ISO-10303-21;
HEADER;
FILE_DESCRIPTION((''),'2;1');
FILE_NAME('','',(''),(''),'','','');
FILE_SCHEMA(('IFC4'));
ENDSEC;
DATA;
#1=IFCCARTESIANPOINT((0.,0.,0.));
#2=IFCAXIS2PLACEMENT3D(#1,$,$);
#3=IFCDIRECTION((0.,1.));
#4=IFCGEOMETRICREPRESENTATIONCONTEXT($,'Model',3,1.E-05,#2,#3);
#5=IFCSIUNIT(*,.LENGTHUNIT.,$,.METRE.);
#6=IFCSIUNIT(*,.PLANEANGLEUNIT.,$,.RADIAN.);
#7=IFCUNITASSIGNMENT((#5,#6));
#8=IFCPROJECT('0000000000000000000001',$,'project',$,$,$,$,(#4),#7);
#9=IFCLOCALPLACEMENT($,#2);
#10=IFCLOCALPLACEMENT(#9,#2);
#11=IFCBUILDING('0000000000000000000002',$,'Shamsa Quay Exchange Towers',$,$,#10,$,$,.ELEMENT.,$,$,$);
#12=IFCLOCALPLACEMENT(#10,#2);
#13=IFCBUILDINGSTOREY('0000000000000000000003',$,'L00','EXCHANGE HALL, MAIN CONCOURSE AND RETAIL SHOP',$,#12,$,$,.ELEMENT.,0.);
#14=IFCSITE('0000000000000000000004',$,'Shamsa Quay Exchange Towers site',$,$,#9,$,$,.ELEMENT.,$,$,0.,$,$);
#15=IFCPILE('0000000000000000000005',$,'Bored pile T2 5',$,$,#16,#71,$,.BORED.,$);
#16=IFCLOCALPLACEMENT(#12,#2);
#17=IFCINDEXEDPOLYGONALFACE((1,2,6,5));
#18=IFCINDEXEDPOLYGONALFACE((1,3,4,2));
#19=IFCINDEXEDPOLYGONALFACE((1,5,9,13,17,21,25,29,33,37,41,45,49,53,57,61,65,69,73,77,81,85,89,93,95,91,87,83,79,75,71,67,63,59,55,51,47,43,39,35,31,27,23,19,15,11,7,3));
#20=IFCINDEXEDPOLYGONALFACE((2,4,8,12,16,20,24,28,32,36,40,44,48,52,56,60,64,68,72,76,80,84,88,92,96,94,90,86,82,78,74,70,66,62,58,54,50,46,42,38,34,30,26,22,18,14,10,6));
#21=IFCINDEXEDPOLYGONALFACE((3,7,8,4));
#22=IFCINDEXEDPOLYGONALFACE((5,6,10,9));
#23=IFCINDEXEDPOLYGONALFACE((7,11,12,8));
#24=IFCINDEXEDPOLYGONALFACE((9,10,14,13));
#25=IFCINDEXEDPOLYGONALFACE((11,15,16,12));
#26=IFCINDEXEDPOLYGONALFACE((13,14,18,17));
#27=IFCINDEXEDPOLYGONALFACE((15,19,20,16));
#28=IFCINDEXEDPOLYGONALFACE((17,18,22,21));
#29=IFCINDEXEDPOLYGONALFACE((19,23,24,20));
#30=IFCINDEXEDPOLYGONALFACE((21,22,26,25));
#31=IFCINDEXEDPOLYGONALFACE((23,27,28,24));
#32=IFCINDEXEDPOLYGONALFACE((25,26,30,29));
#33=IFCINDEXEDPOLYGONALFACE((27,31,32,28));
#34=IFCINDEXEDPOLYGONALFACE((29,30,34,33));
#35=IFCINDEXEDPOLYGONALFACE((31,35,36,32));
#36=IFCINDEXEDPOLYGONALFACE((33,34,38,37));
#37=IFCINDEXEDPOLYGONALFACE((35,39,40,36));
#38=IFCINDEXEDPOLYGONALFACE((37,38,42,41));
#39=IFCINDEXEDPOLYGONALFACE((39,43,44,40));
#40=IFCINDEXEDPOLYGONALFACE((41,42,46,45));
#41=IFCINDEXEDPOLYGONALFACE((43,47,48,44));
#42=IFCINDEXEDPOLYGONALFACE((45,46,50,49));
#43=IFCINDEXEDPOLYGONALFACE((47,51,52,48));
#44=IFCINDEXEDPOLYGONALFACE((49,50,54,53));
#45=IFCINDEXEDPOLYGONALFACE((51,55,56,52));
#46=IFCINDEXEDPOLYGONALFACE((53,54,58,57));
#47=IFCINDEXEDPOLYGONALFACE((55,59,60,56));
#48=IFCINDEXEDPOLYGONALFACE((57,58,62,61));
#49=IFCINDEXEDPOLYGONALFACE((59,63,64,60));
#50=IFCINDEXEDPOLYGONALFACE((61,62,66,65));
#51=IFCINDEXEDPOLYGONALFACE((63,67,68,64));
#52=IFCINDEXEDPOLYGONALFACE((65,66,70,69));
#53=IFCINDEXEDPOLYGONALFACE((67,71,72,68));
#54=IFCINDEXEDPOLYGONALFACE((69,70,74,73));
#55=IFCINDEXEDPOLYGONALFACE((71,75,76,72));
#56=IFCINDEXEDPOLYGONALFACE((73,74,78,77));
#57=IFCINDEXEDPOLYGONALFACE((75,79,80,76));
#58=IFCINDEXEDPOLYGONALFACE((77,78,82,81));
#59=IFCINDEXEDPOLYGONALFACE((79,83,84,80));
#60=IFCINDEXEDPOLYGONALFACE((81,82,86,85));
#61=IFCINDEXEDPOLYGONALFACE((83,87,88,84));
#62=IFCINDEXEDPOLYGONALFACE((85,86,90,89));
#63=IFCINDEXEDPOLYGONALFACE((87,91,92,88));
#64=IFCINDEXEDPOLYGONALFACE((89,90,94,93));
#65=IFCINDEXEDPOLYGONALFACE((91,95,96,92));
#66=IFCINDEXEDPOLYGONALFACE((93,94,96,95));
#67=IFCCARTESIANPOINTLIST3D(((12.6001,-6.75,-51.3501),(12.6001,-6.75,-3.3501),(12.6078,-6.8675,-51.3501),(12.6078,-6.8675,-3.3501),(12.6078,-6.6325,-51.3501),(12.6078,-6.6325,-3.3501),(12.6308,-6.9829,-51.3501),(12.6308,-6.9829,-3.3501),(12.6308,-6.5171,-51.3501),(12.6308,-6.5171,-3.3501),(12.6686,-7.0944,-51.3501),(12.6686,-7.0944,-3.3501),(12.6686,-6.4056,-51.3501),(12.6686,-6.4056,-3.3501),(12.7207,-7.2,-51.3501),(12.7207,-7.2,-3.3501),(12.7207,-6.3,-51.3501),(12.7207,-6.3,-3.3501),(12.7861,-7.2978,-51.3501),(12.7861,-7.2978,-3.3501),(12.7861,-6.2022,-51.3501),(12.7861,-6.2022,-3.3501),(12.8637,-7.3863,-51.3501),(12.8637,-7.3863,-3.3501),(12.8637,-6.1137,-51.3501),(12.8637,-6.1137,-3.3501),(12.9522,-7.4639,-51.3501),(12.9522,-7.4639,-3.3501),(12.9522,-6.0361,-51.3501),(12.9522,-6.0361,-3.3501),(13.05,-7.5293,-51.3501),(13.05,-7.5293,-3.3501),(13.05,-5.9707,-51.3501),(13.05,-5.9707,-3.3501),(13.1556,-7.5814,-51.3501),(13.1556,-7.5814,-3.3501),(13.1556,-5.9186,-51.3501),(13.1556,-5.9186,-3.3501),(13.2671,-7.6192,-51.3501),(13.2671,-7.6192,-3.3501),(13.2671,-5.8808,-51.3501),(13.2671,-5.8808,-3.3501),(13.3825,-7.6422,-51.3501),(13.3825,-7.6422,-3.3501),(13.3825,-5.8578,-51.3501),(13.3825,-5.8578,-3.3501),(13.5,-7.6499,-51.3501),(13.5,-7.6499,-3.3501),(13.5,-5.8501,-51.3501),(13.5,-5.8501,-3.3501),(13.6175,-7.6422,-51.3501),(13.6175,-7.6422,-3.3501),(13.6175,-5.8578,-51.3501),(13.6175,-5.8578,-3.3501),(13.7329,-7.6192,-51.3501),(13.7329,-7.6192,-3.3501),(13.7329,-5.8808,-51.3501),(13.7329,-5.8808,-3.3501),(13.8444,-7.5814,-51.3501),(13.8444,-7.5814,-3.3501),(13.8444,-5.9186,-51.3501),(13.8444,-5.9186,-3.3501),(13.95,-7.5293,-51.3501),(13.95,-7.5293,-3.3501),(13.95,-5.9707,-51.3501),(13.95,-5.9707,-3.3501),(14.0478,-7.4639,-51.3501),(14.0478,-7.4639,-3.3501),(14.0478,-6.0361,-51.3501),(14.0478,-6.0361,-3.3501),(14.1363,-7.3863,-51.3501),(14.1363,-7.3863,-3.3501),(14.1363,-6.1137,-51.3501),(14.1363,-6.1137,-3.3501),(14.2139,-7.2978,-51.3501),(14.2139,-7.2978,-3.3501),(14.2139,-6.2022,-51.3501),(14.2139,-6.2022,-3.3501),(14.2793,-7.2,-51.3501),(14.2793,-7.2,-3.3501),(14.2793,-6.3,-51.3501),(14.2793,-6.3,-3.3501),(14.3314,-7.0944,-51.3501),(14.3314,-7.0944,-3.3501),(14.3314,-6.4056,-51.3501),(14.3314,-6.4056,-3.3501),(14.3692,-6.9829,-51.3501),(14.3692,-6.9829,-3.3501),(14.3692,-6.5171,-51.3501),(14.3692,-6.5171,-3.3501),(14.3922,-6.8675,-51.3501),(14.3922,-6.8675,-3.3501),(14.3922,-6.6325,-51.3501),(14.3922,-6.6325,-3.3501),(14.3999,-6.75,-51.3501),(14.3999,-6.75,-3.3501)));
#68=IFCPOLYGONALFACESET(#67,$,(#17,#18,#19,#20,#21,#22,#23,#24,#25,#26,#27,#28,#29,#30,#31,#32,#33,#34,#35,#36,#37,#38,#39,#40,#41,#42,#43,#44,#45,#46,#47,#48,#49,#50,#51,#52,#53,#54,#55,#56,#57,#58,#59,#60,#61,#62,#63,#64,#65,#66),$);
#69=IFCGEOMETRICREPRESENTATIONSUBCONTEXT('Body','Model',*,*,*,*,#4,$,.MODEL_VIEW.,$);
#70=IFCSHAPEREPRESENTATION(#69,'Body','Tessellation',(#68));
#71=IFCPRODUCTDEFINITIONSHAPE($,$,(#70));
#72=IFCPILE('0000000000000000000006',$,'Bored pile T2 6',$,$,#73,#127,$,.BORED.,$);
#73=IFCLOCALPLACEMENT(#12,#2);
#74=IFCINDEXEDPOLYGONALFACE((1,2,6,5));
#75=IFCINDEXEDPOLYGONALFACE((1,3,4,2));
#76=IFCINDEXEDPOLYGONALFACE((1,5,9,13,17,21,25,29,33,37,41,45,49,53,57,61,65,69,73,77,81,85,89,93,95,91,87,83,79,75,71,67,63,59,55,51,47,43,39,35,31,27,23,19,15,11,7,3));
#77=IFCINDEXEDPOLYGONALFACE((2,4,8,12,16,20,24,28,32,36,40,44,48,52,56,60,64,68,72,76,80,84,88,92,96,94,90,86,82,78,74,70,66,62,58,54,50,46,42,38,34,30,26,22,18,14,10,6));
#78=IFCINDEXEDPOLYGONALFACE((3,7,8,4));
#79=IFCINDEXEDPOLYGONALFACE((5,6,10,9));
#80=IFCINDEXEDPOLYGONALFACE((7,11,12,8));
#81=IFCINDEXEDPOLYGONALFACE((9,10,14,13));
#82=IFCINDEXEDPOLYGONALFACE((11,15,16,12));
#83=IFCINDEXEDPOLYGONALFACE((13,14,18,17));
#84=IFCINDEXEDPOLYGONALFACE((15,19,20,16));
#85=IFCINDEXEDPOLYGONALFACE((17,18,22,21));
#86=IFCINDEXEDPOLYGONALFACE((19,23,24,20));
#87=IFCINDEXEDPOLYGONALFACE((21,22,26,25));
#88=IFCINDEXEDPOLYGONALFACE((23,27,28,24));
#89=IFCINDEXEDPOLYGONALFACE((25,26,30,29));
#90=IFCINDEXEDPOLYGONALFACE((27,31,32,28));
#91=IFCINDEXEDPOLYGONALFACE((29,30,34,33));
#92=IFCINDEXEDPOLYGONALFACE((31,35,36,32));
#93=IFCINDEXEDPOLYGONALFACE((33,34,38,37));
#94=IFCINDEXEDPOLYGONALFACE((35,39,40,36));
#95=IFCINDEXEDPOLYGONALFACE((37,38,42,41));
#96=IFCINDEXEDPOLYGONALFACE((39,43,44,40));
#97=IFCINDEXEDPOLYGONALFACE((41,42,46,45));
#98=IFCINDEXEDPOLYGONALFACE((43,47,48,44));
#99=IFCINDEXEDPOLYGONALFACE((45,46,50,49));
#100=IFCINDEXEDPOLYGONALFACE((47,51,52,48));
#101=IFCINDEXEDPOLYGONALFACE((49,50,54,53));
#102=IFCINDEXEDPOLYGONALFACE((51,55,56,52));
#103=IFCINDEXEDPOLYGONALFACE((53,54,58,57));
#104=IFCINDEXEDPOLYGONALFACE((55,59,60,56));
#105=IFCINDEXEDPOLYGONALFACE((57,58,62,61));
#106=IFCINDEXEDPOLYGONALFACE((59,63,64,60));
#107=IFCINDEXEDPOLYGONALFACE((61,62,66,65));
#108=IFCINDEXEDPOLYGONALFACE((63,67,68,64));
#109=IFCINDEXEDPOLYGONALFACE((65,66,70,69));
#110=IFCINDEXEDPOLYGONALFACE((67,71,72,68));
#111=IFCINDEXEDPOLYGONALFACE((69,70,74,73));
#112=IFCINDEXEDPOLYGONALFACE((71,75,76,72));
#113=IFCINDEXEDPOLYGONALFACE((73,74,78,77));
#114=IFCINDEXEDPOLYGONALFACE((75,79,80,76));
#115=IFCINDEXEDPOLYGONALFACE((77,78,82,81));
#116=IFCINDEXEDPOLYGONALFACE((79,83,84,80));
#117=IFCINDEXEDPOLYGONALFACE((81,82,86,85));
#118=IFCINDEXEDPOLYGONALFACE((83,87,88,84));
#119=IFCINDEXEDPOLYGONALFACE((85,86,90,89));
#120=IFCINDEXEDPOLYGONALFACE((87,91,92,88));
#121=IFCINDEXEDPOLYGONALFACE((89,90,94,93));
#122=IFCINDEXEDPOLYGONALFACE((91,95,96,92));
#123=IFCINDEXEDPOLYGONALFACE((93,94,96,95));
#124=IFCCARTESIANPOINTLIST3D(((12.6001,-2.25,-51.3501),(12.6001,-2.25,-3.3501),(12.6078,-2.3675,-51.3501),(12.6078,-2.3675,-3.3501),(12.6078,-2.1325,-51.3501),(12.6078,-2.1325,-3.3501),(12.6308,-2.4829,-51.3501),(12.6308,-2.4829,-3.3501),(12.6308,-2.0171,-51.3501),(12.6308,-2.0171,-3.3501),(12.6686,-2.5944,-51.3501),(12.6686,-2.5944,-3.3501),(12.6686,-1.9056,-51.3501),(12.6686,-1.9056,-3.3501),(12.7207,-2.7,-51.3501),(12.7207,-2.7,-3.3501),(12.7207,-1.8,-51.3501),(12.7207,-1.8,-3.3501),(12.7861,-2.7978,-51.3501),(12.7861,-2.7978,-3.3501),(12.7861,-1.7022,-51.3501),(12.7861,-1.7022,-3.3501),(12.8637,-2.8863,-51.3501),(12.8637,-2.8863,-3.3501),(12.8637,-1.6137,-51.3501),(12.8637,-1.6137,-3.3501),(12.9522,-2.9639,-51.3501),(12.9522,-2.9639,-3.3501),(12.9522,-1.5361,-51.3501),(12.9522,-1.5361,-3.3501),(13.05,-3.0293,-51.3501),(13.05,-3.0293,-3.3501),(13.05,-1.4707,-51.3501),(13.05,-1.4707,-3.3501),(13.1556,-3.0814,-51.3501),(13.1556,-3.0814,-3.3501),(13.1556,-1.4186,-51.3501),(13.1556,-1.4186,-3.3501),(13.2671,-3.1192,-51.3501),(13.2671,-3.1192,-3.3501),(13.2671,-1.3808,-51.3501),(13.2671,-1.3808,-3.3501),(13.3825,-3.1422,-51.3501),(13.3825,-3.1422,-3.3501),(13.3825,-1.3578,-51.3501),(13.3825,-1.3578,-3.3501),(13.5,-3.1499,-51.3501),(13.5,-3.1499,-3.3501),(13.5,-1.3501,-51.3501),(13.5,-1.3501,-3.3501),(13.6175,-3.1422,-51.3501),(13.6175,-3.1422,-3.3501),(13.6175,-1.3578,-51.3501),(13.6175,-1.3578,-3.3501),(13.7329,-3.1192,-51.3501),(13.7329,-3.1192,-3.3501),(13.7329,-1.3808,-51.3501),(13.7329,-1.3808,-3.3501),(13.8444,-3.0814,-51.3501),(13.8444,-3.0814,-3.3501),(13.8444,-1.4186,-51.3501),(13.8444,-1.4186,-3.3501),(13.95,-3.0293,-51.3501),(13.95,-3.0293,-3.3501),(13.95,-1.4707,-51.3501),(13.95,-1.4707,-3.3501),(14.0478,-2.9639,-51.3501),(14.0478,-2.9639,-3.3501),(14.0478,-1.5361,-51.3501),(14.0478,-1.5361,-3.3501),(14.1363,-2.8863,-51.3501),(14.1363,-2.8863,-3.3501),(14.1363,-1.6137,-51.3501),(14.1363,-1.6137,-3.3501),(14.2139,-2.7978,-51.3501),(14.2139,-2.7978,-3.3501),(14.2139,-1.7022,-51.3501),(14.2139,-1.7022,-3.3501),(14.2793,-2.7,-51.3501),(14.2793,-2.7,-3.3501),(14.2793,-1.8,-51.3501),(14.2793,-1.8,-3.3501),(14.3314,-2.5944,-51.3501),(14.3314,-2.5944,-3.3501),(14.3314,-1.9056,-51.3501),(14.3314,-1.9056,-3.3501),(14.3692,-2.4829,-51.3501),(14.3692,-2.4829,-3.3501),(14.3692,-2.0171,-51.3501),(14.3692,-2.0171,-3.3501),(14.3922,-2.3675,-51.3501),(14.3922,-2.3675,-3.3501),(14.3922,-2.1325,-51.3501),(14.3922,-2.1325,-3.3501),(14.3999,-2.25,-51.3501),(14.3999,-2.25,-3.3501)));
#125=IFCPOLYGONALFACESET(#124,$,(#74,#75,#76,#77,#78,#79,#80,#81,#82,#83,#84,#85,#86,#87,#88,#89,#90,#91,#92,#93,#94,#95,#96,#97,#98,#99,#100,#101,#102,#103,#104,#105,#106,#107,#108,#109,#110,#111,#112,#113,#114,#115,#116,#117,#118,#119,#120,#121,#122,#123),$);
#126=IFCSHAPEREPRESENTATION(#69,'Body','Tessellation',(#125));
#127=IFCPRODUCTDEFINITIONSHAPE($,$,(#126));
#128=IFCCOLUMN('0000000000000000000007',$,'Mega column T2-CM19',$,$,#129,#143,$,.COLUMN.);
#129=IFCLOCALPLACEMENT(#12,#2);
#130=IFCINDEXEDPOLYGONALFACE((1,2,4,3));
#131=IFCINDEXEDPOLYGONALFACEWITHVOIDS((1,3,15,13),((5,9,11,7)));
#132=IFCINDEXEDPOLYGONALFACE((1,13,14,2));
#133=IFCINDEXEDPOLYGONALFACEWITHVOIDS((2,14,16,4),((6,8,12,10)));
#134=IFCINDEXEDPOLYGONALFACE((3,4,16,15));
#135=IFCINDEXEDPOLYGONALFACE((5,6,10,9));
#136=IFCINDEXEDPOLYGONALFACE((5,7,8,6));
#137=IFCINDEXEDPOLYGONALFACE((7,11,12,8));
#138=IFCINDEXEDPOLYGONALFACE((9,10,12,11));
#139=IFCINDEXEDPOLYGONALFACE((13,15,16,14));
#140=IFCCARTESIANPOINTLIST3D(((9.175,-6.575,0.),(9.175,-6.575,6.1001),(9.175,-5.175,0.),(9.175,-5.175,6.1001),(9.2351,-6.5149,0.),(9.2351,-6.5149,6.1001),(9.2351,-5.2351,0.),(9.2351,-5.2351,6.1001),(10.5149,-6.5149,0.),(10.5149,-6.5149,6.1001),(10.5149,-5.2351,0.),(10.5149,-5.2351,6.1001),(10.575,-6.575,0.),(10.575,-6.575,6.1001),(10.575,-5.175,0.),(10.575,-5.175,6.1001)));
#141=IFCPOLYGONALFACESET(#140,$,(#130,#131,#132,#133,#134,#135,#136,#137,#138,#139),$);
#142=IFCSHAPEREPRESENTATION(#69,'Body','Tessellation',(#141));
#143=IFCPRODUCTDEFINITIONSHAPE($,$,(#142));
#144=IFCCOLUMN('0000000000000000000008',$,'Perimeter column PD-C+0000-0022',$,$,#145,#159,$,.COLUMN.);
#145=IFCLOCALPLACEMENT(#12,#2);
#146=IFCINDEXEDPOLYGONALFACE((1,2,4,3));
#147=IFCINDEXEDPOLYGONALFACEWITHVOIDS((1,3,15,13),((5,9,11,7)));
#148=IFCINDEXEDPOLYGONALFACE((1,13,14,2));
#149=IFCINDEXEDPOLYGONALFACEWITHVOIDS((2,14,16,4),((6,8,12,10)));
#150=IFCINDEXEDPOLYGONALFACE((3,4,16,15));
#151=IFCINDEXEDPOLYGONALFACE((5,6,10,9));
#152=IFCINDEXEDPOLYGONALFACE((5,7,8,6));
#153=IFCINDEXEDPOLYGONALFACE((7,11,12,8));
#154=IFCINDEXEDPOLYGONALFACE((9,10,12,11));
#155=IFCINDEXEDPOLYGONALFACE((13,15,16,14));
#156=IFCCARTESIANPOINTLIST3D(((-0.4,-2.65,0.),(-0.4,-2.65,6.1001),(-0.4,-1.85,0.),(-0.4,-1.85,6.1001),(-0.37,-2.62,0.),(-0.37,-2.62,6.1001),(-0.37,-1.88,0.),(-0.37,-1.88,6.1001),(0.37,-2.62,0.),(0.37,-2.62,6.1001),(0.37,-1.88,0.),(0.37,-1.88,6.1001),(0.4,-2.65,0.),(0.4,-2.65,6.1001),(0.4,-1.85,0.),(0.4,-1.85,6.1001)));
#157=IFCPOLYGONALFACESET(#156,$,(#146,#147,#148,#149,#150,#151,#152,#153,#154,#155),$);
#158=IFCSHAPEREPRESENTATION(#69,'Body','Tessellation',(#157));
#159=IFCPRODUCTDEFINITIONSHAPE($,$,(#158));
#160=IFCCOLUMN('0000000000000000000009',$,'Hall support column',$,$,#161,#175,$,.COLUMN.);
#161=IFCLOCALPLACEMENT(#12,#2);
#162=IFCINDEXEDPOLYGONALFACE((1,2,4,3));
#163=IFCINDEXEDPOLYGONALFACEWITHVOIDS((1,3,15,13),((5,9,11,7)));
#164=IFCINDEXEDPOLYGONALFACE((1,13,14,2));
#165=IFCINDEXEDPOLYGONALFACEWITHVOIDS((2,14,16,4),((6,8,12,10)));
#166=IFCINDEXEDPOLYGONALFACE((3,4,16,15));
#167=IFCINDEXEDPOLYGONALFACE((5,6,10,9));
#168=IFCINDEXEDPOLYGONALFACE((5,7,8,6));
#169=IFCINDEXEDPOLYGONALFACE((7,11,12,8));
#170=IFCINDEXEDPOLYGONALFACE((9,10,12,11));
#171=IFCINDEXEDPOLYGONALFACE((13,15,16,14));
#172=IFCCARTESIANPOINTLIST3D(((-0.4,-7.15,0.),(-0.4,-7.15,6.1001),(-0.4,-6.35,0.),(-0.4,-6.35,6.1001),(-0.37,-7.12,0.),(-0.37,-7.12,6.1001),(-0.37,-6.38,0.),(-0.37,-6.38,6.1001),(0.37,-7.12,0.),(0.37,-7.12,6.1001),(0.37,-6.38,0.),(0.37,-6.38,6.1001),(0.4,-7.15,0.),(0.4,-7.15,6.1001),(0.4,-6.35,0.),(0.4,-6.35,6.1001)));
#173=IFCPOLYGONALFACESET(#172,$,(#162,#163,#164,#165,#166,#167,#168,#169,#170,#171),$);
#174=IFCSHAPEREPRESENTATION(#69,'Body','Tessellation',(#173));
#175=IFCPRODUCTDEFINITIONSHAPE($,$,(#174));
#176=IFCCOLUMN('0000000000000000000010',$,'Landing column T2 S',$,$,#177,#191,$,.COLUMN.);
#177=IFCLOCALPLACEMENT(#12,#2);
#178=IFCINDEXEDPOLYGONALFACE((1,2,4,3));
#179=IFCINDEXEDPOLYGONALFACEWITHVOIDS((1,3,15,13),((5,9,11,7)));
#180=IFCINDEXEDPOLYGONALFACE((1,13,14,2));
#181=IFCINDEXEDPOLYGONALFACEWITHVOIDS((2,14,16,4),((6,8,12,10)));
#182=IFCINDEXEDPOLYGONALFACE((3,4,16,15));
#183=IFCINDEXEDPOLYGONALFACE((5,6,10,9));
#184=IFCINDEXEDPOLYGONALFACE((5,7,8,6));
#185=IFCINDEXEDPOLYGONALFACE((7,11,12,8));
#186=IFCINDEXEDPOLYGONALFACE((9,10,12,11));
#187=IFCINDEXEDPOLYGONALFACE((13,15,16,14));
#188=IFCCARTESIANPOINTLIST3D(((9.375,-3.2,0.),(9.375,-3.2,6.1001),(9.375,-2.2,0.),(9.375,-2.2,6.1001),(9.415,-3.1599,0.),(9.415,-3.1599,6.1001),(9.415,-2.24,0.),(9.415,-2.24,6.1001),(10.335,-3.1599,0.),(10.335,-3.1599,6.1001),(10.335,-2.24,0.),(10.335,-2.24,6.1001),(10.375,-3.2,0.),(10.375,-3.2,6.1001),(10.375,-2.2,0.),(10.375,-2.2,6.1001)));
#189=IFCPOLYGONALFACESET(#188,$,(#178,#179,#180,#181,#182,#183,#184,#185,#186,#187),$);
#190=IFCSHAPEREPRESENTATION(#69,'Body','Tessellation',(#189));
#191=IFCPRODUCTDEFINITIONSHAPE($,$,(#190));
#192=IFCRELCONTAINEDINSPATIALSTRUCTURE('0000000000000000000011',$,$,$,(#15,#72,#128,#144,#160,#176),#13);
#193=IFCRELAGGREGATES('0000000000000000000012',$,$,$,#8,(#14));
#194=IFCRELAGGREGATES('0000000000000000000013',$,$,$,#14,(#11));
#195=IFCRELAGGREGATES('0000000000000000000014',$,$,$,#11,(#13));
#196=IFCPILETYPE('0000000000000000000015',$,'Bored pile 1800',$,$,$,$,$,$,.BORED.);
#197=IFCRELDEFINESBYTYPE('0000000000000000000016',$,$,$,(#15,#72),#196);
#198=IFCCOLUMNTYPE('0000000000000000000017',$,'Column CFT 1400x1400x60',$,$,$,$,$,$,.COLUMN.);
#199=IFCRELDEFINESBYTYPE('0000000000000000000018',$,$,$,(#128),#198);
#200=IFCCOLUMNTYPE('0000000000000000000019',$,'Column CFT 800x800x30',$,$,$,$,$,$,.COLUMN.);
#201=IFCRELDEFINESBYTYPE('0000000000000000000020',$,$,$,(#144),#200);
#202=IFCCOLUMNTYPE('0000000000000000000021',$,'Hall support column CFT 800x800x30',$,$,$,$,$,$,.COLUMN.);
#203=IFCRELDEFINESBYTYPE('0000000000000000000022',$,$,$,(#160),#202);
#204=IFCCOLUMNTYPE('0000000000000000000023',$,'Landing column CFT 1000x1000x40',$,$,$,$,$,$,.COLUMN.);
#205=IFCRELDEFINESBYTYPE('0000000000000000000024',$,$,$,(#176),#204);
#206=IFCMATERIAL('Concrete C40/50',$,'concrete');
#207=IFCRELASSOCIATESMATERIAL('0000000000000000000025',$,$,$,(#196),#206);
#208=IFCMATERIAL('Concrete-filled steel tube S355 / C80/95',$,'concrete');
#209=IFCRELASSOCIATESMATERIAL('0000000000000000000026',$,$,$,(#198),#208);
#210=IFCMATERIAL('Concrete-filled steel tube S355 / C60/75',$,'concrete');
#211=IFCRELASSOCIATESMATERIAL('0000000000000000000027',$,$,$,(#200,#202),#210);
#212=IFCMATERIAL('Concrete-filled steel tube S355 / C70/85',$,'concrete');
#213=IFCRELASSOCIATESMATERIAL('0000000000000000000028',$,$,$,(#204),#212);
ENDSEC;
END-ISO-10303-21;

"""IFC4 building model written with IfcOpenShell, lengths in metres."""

from ifc_helpers import new_model, si_unit, direction, frame, origin, origin_2d, place, context, subcontext, project, spatial, hollow_rectangle, circle, extrude, material, material_profile, profile_set, type_object, element, save


model = new_model("IFC4")

# Units and contexts
model_context = context("Model", 3, precision=1e-05, world=origin(), true_north=direction((0.0, 1.0)))
body_context = subcontext(model_context, "Body", "Model", "MODEL_VIEW")
ifc_project = project(units=[si_unit("LENGTHUNIT", "METRE"), si_unit("PLANEANGLEUNIT", "RADIAN")], contexts=[model_context])

# Site, building, storey
site_placement = place(None, origin())
site = spatial("IfcSite", under=ifc_project, at=site_placement, Name="Shamsa Quay Exchange Towers site", CompositionType="ELEMENT", RefElevation=0.0)
building_placement = place(site_placement, origin())
building = spatial("IfcBuilding", under=site, at=building_placement, Name="Shamsa Quay Exchange Towers", CompositionType="ELEMENT")
storey_placement = place(building_placement, origin())
storey = spatial("IfcBuildingStorey", under=building, at=storey_placement, Name="L00", Description="EXCHANGE HALL, MAIN CONCOURSE AND RETAIL SHOP", CompositionType="ELEMENT", Elevation=0.0)

# Piles
ifc_material_1 = material(Name="Concrete C40/50", Category="concrete")
ifc_material_profile_1 = material_profile(ifc_material_1, circle(Radius=0.8999, at=origin_2d()), Name="BP1800")
ifc_profile_set_1 = profile_set([ifc_material_profile_1], Name="Concrete C40/50")
pile_type_1 = type_object("IfcPileType", Name="Bored pile 1800", PredefinedType="BORED", material=ifc_profile_set_1)
for number, where, z_axis, x_axis, name in (
    (1, (13.5, -6.75, -3.3501), (0.0, 0.0, -1.0), (1.0, 0.0, 0.0), "Bored pile T2 5"),
    (2, (13.5, -2.25, -3.3501), (0.0, 0.0, -1.0), (1.0, 0.0, 0.0), "Bored pile T2 6"),
):
    element("IfcPile", number, at=place(storey_placement, frame(where, z_axis=z_axis, x_axis=x_axis)), inside=storey, type_object=pile_type_1, Name=name, PredefinedType="BORED", context=body_context, shape_type="SweptSolid", body=[
        extrude(circle(Radius=0.8999, at=origin_2d()), origin(), (0.0, 0.0, 1.0), 48.0),
    ])

# Columns
ifc_material_2 = material(Name="Concrete-filled steel tube S355 / C80/95", Category="concrete")
ifc_material_profile_2 = material_profile(ifc_material_2, hollow_rectangle(XDim=1.3999, YDim=1.3999, WallThickness=0.0601, at=origin_2d()), Name="CFT 1400x1400x60")
ifc_profile_set_2 = profile_set([ifc_material_profile_2], Name="Concrete-filled steel tube S355 / C80/95")
column_type_1 = type_object("IfcColumnType", Name="Column CFT 1400x1400x60", PredefinedType="COLUMN", material=ifc_profile_set_2)
column_1_placement = place(storey_placement, frame((9.875, -5.875, 0.0)))
element("IfcColumn", 3, at=column_1_placement, inside=storey, type_object=column_type_1, Name="Mega column T2-CM19", PredefinedType="COLUMN", context=body_context, shape_type="SweptSolid", body=[
    extrude(hollow_rectangle(XDim=1.3999, YDim=1.3999, WallThickness=0.0601, at=origin_2d()), origin(), (0.0, 0.0, 1.0), 6.1001),
])
ifc_material_3 = material(Name="Concrete-filled steel tube S355 / C60/75", Category="concrete")
ifc_material_profile_3 = material_profile(ifc_material_3, hollow_rectangle(XDim=0.8, YDim=0.8, WallThickness=0.03, at=origin_2d()), Name="CFT 800x800x30")
ifc_profile_set_3 = profile_set([ifc_material_profile_3], Name="Concrete-filled steel tube S355 / C60/75")
column_type_2 = type_object("IfcColumnType", Name="Column CFT 800x800x30", PredefinedType="COLUMN", material=ifc_profile_set_3)
column_2_placement = place(storey_placement, frame((0.0, -2.25, 0.0)))
element("IfcColumn", 4, at=column_2_placement, inside=storey, type_object=column_type_2, Name="Perimeter column PD-C+0000-0022", PredefinedType="COLUMN", context=body_context, shape_type="SweptSolid", body=[
    extrude(hollow_rectangle(XDim=0.8, YDim=0.8, WallThickness=0.03, at=origin_2d()), origin(), (0.0, 0.0, 1.0), 6.1001),
])
ifc_material_profile_4 = material_profile(ifc_material_3, hollow_rectangle(XDim=0.8, YDim=0.8, WallThickness=0.03, at=origin_2d()), Name="CFT 800x800x30")
ifc_profile_set_4 = profile_set([ifc_material_profile_4], Name="Concrete-filled steel tube S355 / C60/75")
column_type_3 = type_object("IfcColumnType", Name="Hall support column CFT 800x800x30", PredefinedType="COLUMN", material=ifc_profile_set_4)
column_3_placement = place(storey_placement, frame((0.0, -6.75, 0.0)))
element("IfcColumn", 5, at=column_3_placement, inside=storey, type_object=column_type_3, Name="Hall support column", PredefinedType="COLUMN", context=body_context, shape_type="SweptSolid", body=[
    extrude(hollow_rectangle(XDim=0.8, YDim=0.8, WallThickness=0.03, at=origin_2d()), origin(), (0.0, 0.0, 1.0), 6.1001),
])
ifc_material_4 = material(Name="Concrete-filled steel tube S355 / C70/85", Category="concrete")
ifc_material_profile_5 = material_profile(ifc_material_4, hollow_rectangle(XDim=1.0, YDim=1.0, WallThickness=0.04, at=origin_2d()), Name="CFT 1000x1000x40")
ifc_profile_set_5 = profile_set([ifc_material_profile_5], Name="Concrete-filled steel tube S355 / C70/85")
column_type_4 = type_object("IfcColumnType", Name="Landing column CFT 1000x1000x40", PredefinedType="COLUMN", material=ifc_profile_set_5)
column_4_placement = place(storey_placement, frame((9.875, -2.7, 0.0)))
element("IfcColumn", 6, at=column_4_placement, inside=storey, type_object=column_type_4, Name="Landing column T2 S", PredefinedType="COLUMN", context=body_context, shape_type="SweptSolid", body=[
    extrude(hollow_rectangle(XDim=1.0, YDim=1.0, WallThickness=0.04, at=origin_2d()), origin(), (0.0, 0.0, 1.0), 6.1001),
])

save(model, "model.ifc")
